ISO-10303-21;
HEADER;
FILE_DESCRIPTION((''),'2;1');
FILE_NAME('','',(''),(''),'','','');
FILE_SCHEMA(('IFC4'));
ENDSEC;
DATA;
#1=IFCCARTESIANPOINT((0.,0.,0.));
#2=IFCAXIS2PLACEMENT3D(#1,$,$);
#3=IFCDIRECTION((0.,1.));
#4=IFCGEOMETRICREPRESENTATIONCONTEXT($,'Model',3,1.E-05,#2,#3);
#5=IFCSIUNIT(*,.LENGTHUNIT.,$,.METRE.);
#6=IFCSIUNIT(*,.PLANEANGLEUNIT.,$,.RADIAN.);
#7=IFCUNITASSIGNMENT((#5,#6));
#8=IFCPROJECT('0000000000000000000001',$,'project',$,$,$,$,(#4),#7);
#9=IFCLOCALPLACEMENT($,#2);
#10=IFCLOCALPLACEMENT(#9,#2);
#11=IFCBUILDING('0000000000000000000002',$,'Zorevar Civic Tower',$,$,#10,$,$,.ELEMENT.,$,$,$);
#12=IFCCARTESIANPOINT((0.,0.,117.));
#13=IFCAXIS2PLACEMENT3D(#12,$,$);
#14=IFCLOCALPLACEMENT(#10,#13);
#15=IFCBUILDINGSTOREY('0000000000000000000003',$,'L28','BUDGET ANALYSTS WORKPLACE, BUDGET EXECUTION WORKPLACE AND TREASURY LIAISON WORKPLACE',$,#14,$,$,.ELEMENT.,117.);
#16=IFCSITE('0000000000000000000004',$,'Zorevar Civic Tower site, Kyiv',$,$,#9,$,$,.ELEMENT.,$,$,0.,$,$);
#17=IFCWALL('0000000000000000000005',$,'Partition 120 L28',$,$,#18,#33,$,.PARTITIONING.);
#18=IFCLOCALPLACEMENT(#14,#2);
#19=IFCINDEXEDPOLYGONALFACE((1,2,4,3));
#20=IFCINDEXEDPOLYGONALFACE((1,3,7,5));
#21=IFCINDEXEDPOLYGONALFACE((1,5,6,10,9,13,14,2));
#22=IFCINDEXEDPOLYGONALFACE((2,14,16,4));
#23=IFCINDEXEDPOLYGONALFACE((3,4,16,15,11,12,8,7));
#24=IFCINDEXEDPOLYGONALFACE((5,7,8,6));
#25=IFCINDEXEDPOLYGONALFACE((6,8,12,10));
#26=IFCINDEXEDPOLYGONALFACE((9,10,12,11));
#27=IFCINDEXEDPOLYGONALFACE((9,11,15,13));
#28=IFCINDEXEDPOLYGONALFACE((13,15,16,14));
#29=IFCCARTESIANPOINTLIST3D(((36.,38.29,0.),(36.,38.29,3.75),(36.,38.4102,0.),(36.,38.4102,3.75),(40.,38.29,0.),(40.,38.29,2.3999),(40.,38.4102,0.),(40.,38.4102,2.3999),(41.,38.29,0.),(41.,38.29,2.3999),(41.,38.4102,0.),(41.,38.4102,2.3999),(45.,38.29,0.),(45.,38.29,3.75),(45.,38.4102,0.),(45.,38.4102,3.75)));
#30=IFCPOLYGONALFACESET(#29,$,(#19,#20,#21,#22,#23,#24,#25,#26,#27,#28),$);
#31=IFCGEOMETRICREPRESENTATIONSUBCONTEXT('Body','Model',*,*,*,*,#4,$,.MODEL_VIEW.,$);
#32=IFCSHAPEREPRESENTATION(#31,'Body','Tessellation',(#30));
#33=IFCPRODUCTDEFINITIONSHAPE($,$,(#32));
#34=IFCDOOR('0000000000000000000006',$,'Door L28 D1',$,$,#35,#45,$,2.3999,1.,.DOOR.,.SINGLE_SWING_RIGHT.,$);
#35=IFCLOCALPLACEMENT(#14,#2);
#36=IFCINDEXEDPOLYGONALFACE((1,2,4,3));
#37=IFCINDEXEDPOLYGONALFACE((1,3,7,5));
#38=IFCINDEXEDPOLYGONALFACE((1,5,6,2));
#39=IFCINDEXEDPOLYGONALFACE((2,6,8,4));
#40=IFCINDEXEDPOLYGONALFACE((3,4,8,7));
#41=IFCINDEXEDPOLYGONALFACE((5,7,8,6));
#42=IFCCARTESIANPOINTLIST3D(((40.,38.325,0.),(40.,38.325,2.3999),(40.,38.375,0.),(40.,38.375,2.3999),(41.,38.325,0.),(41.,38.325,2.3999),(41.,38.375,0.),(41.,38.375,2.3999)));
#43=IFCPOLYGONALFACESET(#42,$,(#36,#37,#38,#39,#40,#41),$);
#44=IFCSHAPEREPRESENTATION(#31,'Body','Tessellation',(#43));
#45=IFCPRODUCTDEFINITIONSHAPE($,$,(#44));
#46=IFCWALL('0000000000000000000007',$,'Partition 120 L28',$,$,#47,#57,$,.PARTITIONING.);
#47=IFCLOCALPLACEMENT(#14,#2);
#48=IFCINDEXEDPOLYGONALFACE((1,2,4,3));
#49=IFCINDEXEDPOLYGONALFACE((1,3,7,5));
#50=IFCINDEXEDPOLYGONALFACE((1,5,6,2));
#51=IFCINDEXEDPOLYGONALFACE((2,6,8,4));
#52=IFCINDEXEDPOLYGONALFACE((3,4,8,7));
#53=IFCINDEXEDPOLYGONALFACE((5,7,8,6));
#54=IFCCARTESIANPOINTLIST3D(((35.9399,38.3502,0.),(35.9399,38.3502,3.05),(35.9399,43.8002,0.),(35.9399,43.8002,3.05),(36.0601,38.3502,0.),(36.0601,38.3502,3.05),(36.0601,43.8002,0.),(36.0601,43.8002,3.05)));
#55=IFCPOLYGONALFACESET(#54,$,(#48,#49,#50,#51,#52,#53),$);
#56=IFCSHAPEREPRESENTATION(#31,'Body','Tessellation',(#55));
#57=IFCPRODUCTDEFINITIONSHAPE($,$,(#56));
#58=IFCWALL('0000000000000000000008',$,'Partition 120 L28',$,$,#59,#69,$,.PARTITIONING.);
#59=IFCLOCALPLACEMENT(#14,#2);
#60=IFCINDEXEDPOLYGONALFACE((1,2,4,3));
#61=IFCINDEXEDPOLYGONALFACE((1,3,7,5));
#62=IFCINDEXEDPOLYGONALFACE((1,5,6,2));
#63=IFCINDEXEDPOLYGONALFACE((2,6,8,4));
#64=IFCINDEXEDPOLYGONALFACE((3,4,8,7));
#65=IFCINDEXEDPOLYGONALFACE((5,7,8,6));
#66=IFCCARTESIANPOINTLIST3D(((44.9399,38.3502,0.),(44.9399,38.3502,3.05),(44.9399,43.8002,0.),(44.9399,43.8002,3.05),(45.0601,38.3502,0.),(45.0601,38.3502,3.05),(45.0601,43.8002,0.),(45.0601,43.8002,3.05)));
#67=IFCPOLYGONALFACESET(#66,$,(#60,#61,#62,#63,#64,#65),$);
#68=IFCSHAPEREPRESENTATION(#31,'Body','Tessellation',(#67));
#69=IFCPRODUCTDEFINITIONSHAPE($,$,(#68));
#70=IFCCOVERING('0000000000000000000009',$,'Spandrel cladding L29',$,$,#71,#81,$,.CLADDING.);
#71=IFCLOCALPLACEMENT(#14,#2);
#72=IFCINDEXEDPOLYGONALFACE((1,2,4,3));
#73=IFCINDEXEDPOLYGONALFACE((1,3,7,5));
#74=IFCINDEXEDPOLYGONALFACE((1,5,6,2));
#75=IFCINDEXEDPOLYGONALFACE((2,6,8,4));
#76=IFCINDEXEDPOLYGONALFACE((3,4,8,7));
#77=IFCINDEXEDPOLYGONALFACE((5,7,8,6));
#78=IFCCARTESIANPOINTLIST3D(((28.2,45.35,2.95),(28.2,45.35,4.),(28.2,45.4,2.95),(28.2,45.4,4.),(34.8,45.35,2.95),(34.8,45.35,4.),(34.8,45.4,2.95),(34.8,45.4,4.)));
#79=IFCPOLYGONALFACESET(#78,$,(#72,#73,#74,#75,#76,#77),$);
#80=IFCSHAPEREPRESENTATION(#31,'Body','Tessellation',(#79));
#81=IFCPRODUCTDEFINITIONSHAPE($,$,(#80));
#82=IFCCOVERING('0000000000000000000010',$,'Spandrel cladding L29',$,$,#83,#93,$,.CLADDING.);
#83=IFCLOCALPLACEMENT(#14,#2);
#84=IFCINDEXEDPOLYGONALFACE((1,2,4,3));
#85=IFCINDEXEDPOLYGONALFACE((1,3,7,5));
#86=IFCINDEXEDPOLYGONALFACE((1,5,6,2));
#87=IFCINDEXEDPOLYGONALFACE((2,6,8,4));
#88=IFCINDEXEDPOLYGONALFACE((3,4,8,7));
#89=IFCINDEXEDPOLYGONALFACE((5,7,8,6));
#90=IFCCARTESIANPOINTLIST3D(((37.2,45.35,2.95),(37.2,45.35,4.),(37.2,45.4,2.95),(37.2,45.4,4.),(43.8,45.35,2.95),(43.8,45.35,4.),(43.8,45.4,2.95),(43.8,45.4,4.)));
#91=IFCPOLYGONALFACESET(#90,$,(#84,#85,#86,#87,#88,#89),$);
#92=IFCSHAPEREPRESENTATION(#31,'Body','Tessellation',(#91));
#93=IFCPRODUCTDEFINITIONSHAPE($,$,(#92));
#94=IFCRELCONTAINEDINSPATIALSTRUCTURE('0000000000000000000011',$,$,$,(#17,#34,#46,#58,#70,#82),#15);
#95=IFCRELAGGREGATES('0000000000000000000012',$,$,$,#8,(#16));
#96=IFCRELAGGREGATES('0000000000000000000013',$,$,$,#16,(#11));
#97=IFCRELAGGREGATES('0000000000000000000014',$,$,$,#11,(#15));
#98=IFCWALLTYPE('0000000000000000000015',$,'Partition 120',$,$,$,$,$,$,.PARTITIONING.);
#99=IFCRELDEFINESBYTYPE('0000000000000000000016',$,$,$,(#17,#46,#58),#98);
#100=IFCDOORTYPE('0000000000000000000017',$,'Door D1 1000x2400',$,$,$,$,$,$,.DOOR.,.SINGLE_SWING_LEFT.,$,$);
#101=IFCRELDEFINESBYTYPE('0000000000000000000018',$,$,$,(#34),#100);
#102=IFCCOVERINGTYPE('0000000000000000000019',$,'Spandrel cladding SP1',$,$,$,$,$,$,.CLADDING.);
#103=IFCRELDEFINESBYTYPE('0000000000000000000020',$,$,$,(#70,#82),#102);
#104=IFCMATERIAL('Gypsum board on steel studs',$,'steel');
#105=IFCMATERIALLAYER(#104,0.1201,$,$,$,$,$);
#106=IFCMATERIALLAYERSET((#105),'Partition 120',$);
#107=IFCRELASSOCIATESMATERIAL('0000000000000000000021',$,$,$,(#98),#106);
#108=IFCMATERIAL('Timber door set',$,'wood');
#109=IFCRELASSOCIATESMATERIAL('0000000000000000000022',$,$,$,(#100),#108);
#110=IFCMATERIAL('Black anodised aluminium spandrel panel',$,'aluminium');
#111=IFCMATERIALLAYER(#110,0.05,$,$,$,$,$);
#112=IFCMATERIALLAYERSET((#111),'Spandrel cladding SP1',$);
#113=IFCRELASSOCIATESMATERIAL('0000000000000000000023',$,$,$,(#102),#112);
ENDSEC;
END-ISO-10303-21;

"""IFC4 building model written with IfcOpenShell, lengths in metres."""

from ifc_helpers import new_model, si_unit, direction, frame, frame_2d, origin, place, context, subcontext, project, spatial, rectangle, extrude, material, layer, layer_set, type_object, element, fill, save


model = new_model("IFC4")

# Units and contexts
model_context = context("Model", 3, precision=1e-05, world=origin(), true_north=direction((0.0, 1.0)))
body_context = subcontext(model_context, "Body", "Model", "MODEL_VIEW")
ifc_project = project(units=[si_unit("LENGTHUNIT", "METRE"), si_unit("PLANEANGLEUNIT", "RADIAN")], contexts=[model_context])

# Site, building, storey
site_placement = place(None, origin())
site = spatial("IfcSite", under=ifc_project, at=site_placement, Name="Zorevar Civic Tower site, Kyiv", CompositionType="ELEMENT", RefElevation=0.0)
building_placement = place(site_placement, origin())
building = spatial("IfcBuilding", under=site, at=building_placement, Name="Zorevar Civic Tower", CompositionType="ELEMENT")
storey_placement = place(building_placement, frame((0.0, 0.0, 117.0)))
storey = spatial("IfcBuildingStorey", under=building, at=storey_placement, Name="L28", Description="BUDGET ANALYSTS WORKPLACE, BUDGET EXECUTION WORKPLACE AND TREASURY LIAISON WORKPLACE", CompositionType="ELEMENT", Elevation=117.0)

# Wall, opening, door
ifc_material_1 = material(Name="Gypsum board on steel studs", Category="steel")
ifc_layer_1 = layer(ifc_material_1, 0.1201)
ifc_layer_set_1 = layer_set([ifc_layer_1], Name="Partition 120")
wall_type = type_object("IfcWallType", Name="Partition 120", PredefinedType="PARTITIONING", material=ifc_layer_set_1)
wall_placement = place(storey_placement, frame((36.0, 38.3501, 0.0), z_axis=(0.0, 0.0, 1.0), x_axis=(1.0, 0.0, 0.0)))
wall = element("IfcWall", 1, at=wall_placement, inside=storey, type_object=wall_type, Name="Partition 120 L28", PredefinedType="PARTITIONING", context=body_context, shape_type="SweptSolid", body=[
    extrude(rectangle(XDim=9.0, YDim=0.1201, at=frame_2d((4.5, 0.0))), origin(), (0.0, 0.0, 1.0), 3.75),
])
opening_placement = place(wall_placement, frame((4.0, 0.0, 0.0)))
opening = element("IfcOpeningElement", 2, at=opening_placement, cuts=wall, PredefinedType="OPENING", context=body_context, shape_type="SweptSolid", body=[
    extrude(rectangle(XDim=1.0, YDim=2.3999, at=frame_2d((0.5, 1.2))), frame((0.0, 0.0701, 0.0), z_axis=(0.0, -1.0, 0.0), x_axis=(1.0, 0.0, 0.0)), (0.0, 0.0, 1.0), 0.1401),
])
ifc_material_2 = material(Name="Timber door set", Category="wood")
door_type = type_object("IfcDoorType", Name="Door D1 1000x2400", OperationType="SINGLE_SWING_LEFT", PredefinedType="DOOR", material=ifc_material_2)
door_placement = place(opening_placement, origin())
door = element("IfcDoor", 3, at=door_placement, inside=storey, type_object=door_type, Name="Door L28 D1", OperationType="SINGLE_SWING_RIGHT", OverallHeight=2.3999, OverallWidth=1.0, PredefinedType="DOOR", context=body_context, shape_type="SweptSolid", body=[
    extrude(rectangle(XDim=1.0, YDim=2.3999, at=frame_2d((0.5, 1.2))), frame((0.0, 0.0249, 0.0), z_axis=(0.0, -1.0, 0.0), x_axis=(1.0, 0.0, 0.0)), (0.0, 0.0, 1.0), 0.05),
])
fill(opening, door)

# Walls
for number, where, z_axis, x_axis, name in (
    (4, (36.0, 38.3501, 0.0), (0.0, 0.0, 1.0), (0.0, 1.0, 0.0), "Partition 120 L28"),
    (5, (45.0, 38.3501, 0.0), (0.0, 0.0, 1.0), (0.0, 1.0, 0.0), "Partition 120 L28"),
):
    element("IfcWall", number, at=place(storey_placement, frame(where, z_axis=z_axis, x_axis=x_axis)), inside=storey, type_object=wall_type, Name=name, PredefinedType="PARTITIONING", context=body_context, shape_type="SweptSolid", body=[
        extrude(rectangle(XDim=5.45, YDim=0.1201, at=frame_2d((2.7251, 0.0))), origin(), (0.0, 0.0, 1.0), 3.05),
    ])

# Coverings
ifc_material_3 = material(Name="Black anodised aluminium spandrel panel", Category="aluminium")
ifc_layer_2 = layer(ifc_material_3, 0.05)
ifc_layer_set_2 = layer_set([ifc_layer_2], Name="Spandrel cladding SP1")
covering_type = type_object("IfcCoveringType", Name="Spandrel cladding SP1", PredefinedType="CLADDING", material=ifc_layer_set_2)
for number, where, z_axis, x_axis, name in (
    (6, (28.2, 45.375, 2.95), (0.0, 0.0, 1.0), (1.0, 0.0, 0.0), "Spandrel cladding L29"),
    (7, (37.2, 45.375, 2.95), (0.0, 0.0, 1.0), (1.0, 0.0, 0.0), "Spandrel cladding L29"),
):
    element("IfcCovering", number, at=place(storey_placement, frame(where, z_axis=z_axis, x_axis=x_axis)), inside=storey, type_object=covering_type, Name=name, PredefinedType="CLADDING", context=body_context, shape_type="SweptSolid", body=[
        extrude(rectangle(XDim=6.6001, YDim=0.05, at=frame_2d((3.3, 0.0))), origin(), (0.0, 0.0, 1.0), 1.05),
    ])

save(model, "model.ifc")
